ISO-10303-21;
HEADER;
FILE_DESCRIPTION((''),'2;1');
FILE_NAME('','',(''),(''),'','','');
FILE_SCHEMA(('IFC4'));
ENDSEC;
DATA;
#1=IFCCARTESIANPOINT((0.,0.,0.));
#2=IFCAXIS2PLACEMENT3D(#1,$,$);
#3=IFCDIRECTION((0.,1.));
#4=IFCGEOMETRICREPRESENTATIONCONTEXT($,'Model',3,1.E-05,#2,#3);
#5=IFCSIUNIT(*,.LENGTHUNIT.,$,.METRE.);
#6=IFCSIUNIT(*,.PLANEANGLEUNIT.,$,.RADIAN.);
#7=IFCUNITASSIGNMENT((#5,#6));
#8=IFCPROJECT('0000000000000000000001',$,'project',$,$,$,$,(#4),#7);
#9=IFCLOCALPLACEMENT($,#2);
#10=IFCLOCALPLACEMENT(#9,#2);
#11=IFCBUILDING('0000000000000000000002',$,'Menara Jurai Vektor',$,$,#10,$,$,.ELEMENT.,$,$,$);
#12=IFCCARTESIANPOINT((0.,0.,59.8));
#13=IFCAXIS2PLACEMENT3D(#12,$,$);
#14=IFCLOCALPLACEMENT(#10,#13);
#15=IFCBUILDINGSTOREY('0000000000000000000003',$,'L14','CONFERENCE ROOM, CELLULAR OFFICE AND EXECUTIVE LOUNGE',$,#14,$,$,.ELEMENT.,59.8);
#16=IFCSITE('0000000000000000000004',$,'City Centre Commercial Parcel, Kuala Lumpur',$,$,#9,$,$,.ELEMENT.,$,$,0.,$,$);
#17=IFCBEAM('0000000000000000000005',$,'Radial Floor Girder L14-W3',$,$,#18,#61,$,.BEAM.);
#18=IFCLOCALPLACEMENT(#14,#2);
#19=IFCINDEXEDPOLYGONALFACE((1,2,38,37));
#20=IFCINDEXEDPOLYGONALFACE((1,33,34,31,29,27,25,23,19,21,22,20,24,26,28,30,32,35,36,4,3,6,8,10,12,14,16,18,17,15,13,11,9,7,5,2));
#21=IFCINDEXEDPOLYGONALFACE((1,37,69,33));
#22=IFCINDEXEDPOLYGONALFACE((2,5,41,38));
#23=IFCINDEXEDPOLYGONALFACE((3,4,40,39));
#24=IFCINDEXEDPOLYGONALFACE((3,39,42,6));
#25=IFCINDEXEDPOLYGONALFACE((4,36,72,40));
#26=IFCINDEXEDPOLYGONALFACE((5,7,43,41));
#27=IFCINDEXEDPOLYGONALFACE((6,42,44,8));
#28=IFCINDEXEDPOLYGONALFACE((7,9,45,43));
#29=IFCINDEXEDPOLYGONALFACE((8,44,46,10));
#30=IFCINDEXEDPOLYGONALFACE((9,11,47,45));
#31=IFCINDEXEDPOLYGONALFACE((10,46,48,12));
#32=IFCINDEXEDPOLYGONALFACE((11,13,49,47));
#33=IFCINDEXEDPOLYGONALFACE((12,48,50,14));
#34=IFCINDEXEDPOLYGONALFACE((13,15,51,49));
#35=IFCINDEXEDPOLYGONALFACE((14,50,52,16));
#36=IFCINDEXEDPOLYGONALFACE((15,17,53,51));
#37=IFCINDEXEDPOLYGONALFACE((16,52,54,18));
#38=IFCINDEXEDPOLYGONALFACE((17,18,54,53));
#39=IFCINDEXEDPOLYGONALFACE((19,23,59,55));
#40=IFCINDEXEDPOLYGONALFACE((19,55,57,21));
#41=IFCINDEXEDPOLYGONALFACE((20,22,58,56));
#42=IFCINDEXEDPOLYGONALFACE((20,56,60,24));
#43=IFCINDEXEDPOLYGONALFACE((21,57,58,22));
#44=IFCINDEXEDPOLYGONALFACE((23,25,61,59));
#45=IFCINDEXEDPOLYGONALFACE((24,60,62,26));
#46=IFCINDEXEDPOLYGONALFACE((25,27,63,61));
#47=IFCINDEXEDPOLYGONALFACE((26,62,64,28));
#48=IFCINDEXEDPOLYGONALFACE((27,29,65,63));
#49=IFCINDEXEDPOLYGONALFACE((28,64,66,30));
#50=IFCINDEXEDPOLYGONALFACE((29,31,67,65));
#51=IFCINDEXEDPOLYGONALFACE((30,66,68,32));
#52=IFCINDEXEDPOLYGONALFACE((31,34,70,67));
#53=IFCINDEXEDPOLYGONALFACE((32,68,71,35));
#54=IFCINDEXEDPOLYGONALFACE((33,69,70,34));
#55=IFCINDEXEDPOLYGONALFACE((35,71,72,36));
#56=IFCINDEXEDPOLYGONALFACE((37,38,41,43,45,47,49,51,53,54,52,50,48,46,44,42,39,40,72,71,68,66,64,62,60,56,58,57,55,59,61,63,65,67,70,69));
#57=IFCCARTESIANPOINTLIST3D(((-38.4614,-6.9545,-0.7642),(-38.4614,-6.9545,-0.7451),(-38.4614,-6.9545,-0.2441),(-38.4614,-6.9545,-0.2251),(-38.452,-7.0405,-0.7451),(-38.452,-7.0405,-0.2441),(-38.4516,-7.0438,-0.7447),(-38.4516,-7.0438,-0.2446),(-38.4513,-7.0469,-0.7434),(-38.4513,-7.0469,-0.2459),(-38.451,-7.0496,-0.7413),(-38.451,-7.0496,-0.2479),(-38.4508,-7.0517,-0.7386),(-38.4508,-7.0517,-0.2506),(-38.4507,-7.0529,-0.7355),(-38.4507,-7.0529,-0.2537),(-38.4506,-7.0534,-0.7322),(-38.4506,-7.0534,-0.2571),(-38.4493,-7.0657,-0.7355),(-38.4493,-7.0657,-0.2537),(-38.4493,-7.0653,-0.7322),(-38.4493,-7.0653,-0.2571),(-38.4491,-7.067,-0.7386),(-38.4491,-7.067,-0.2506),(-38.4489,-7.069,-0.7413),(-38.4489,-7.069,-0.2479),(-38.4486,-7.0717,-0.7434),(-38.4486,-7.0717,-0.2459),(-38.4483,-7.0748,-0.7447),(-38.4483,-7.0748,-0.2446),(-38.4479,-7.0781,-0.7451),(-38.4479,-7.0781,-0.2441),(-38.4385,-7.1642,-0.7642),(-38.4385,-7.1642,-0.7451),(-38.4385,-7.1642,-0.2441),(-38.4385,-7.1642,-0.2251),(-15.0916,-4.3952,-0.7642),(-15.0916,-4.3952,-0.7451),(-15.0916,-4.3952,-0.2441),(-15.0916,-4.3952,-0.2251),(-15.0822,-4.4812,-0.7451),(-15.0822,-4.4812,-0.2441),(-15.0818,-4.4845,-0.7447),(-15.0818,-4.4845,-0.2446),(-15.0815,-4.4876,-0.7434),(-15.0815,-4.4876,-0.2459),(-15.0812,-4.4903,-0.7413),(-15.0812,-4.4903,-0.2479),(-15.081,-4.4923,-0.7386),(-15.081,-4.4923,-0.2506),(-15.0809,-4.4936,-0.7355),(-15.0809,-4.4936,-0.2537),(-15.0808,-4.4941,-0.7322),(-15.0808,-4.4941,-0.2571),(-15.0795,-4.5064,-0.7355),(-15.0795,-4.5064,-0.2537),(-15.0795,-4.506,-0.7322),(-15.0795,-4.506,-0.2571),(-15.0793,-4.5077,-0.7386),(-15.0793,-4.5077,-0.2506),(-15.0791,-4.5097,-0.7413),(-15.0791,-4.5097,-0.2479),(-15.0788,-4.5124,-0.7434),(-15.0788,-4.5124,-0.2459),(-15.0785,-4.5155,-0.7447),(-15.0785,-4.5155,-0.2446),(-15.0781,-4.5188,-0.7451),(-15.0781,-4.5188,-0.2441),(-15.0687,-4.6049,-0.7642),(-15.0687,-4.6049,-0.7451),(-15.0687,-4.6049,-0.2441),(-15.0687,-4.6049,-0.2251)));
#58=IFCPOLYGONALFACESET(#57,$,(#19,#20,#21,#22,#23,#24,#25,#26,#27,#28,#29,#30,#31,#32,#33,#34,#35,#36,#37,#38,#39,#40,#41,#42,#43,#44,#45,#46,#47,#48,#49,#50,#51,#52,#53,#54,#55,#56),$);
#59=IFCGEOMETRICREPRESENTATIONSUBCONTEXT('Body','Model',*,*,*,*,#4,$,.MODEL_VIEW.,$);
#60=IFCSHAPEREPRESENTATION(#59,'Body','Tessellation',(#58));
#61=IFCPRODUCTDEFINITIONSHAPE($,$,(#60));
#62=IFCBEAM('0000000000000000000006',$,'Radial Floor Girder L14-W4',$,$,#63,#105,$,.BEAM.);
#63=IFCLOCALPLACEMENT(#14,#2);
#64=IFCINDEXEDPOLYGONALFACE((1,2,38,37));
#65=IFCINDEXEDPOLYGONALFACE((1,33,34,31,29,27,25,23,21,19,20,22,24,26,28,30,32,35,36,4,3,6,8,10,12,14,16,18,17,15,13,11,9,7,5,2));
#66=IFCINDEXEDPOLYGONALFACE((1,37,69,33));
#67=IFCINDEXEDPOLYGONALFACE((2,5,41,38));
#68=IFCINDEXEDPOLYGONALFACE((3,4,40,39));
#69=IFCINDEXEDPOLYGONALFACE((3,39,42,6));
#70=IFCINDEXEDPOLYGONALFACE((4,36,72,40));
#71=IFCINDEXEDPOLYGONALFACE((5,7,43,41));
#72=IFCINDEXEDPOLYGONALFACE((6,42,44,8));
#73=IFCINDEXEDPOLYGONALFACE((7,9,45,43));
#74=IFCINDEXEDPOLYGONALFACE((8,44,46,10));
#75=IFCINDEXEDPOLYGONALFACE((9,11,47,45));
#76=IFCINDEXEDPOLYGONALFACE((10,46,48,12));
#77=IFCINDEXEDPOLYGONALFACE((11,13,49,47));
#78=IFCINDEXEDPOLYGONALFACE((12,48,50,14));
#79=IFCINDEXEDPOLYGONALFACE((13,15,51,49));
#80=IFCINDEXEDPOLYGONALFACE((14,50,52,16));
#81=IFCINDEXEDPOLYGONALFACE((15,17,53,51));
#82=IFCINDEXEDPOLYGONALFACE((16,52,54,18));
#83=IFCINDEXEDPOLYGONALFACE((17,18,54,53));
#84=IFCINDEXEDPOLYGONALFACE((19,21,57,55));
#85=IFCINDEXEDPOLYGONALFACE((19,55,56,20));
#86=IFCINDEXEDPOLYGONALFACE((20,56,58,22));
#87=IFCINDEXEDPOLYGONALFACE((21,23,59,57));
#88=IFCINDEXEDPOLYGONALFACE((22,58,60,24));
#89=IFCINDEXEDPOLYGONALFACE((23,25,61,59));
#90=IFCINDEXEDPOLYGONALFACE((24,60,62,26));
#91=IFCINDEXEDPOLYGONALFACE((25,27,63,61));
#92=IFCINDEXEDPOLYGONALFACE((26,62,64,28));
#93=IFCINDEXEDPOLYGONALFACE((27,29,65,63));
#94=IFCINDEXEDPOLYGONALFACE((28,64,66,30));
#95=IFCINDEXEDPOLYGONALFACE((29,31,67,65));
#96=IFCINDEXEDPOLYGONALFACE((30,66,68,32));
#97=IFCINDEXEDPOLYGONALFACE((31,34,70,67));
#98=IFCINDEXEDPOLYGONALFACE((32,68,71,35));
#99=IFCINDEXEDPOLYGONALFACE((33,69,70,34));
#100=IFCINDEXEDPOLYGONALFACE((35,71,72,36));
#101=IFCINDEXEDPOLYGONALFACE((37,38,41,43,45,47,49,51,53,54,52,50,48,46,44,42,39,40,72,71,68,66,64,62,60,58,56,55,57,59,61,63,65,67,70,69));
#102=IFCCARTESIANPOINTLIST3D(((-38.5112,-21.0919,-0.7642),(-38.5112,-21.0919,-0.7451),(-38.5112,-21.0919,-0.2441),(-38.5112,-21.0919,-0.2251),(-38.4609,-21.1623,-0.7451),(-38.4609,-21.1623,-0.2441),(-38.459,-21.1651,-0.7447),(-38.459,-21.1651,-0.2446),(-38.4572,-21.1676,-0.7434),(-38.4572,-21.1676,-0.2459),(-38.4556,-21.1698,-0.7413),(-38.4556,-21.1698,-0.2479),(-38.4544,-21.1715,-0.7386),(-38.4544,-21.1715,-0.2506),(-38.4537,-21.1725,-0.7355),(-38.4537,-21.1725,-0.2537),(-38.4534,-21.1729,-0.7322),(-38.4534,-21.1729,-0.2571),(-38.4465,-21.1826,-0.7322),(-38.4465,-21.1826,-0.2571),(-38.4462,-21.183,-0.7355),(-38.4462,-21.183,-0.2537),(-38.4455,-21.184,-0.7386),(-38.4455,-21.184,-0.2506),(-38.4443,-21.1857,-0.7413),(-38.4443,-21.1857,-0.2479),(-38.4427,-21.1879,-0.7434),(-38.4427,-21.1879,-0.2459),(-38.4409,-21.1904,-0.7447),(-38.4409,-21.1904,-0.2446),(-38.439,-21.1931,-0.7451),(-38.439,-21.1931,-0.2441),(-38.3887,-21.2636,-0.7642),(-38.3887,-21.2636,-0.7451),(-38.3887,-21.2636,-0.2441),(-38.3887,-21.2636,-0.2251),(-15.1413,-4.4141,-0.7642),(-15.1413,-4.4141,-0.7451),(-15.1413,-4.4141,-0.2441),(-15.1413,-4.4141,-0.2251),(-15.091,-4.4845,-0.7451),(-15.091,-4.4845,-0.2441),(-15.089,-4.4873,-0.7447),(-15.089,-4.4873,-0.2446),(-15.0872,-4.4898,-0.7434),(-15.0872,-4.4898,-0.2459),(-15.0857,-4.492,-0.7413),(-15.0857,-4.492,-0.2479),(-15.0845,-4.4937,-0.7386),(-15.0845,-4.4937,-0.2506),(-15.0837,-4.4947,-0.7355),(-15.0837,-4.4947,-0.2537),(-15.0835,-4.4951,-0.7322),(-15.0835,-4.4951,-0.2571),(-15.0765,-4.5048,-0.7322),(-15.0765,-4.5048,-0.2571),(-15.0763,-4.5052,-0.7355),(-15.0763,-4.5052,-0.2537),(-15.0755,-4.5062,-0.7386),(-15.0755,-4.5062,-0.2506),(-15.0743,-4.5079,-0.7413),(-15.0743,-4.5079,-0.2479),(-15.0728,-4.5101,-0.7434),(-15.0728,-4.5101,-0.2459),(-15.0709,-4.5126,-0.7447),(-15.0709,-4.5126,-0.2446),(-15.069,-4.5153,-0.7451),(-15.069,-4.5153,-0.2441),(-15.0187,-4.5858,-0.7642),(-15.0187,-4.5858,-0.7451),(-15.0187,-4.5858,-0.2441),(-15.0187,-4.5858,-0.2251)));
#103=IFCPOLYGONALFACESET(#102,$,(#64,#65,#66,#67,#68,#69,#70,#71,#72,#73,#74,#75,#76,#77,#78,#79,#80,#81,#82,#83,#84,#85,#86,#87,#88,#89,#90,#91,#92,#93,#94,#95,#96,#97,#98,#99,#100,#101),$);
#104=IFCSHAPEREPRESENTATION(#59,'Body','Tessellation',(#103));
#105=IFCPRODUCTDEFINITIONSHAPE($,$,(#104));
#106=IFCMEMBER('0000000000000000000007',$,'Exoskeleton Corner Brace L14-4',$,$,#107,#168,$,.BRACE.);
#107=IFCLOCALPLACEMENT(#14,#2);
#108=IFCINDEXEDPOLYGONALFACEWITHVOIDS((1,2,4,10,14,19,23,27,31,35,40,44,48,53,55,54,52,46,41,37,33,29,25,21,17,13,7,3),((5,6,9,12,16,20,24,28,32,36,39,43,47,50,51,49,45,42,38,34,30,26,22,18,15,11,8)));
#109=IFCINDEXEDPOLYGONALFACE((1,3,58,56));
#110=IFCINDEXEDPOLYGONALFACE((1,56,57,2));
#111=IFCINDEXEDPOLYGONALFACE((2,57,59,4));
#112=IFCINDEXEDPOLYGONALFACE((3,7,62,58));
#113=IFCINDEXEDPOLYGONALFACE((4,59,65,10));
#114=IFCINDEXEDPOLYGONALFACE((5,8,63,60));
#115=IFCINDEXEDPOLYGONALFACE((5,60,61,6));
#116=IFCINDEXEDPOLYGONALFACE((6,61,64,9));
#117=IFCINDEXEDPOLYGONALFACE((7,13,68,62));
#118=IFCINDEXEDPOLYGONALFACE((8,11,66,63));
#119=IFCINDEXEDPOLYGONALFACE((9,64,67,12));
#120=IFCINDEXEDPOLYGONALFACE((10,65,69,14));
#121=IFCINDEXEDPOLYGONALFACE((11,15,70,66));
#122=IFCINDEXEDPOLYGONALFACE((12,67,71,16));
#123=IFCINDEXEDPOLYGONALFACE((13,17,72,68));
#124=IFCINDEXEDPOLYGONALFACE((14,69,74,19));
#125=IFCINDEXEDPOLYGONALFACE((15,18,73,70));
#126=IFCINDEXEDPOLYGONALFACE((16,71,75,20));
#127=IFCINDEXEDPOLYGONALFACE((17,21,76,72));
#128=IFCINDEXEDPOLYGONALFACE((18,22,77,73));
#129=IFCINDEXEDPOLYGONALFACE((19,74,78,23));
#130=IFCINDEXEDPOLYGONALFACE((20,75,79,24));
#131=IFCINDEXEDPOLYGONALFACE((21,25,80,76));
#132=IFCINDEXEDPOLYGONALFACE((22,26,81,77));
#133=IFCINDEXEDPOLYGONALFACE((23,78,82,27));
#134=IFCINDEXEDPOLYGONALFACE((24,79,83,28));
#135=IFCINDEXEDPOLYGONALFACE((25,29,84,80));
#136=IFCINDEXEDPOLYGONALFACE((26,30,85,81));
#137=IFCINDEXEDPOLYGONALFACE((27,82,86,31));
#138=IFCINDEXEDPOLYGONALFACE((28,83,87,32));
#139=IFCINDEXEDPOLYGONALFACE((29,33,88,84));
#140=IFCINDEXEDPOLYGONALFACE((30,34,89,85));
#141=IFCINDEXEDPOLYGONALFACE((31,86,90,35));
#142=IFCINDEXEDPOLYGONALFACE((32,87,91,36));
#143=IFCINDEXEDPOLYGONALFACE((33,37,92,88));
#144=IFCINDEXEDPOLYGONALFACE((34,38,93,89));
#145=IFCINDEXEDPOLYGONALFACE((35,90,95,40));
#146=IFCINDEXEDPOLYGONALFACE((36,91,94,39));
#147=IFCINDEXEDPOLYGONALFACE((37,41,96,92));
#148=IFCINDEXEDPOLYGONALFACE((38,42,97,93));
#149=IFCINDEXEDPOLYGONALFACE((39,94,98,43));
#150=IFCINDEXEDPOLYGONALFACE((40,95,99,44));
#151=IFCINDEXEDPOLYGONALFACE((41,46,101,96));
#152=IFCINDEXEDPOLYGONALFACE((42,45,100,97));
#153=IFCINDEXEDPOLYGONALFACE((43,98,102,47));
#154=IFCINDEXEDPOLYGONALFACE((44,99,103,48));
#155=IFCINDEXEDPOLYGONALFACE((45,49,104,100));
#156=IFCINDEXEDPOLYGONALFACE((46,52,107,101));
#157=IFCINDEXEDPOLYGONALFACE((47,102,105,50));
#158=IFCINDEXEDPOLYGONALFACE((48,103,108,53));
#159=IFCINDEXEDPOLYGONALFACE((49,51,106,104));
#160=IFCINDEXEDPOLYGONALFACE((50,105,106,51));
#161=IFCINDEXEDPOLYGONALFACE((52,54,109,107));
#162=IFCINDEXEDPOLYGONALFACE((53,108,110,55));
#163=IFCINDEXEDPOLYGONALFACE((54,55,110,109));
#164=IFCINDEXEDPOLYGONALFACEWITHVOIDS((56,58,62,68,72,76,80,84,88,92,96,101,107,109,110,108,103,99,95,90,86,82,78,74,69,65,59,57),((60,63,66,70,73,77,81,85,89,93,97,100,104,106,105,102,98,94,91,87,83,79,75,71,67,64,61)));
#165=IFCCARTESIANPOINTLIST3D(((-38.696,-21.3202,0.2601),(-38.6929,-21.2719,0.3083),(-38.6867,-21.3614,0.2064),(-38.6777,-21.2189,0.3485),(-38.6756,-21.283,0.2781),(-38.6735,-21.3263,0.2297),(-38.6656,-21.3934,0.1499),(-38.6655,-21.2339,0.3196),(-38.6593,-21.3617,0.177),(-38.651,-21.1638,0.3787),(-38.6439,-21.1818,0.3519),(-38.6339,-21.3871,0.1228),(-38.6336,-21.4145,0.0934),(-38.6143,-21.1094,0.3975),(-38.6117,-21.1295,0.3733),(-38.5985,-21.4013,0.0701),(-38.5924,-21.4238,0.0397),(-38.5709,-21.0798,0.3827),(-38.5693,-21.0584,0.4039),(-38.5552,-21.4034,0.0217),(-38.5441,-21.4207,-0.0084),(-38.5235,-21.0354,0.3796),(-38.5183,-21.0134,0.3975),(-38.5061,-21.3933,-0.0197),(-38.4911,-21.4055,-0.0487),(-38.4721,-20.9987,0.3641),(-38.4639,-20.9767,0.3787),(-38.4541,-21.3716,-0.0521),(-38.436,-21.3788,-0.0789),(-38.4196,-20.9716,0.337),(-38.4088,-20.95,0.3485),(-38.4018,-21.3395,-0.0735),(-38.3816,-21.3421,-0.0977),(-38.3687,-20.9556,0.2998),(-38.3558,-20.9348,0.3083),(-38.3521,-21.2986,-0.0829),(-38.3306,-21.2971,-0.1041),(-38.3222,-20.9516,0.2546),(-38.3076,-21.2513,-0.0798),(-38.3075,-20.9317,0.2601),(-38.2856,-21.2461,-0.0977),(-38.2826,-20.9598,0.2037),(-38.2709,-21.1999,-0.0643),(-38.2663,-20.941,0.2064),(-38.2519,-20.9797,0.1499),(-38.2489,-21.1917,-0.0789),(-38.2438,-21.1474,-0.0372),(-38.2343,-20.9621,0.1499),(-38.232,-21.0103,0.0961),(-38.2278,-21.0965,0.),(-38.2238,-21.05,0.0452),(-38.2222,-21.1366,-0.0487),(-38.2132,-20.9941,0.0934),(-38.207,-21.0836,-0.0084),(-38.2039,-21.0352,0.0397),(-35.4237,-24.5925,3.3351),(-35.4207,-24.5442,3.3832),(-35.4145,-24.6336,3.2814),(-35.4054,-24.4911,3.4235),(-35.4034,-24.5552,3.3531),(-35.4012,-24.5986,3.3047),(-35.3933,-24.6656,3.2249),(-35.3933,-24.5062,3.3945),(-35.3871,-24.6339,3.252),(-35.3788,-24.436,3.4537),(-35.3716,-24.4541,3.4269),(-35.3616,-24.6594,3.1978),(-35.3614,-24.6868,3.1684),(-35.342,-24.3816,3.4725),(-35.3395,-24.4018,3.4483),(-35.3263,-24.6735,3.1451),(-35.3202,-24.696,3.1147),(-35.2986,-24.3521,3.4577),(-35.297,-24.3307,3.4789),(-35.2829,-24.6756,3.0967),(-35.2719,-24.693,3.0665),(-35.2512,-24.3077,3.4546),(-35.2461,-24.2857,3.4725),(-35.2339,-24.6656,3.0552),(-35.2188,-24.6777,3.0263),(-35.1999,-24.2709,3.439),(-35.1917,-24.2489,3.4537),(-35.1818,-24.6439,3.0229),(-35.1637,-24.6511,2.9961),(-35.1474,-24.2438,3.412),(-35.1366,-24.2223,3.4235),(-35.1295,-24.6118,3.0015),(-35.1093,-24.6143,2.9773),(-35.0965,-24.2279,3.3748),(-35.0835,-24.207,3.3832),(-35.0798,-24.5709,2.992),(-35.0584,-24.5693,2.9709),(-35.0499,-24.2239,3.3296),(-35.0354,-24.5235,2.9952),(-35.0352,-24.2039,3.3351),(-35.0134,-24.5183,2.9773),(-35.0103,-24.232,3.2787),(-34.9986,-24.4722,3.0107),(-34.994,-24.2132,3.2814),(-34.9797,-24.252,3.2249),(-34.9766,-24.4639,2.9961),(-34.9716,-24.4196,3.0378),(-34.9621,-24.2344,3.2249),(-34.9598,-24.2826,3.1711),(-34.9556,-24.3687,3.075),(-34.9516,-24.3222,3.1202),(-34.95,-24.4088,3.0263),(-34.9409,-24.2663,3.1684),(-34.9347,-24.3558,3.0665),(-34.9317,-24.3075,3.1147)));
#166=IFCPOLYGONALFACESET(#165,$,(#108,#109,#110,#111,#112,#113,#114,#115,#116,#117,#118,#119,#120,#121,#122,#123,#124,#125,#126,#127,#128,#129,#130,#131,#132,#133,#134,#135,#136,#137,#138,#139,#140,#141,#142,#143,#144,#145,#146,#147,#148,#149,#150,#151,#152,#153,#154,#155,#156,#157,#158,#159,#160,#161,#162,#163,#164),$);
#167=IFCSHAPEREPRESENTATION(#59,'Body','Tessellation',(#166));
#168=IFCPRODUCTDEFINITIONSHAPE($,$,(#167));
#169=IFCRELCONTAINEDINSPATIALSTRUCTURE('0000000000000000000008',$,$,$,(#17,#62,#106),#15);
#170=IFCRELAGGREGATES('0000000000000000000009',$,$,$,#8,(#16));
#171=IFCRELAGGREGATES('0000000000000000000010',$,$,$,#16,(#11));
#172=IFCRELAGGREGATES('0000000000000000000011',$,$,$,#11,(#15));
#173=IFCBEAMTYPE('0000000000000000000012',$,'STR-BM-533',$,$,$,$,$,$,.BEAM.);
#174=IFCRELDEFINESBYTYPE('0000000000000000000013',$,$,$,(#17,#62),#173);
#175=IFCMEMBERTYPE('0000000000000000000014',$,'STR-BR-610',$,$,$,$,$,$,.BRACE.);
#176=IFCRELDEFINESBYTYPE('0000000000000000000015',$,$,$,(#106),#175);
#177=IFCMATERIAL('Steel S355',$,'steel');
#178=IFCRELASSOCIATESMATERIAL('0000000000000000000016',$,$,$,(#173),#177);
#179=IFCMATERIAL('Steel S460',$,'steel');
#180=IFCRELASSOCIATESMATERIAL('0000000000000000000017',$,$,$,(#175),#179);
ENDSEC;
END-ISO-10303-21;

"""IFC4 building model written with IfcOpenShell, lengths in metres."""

from ifc_helpers import new_model, si_unit, direction, frame, origin, origin_2d, place, context, subcontext, project, spatial, hollow_circle, i_section, extrude, material, material_profile, profile_set, type_object, element, save


model = new_model("IFC4")

# Units and contexts
model_context = context("Model", 3, precision=1e-05, world=origin(), true_north=direction((0.0, 1.0)))
body_context = subcontext(model_context, "Body", "Model", "MODEL_VIEW")
ifc_project = project(units=[si_unit("LENGTHUNIT", "METRE"), si_unit("PLANEANGLEUNIT", "RADIAN")], contexts=[model_context])

# Site, building, storey
site_placement = place(None, origin())
site = spatial("IfcSite", under=ifc_project, at=site_placement, Name="City Centre Commercial Parcel, Kuala Lumpur", CompositionType="ELEMENT", RefElevation=0.0)
building_placement = place(site_placement, origin())
building = spatial("IfcBuilding", under=site, at=building_placement, Name="Menara Jurai Vektor", CompositionType="ELEMENT")
storey_placement = place(building_placement, frame((0.0, 0.0, 59.8)))
storey = spatial("IfcBuildingStorey", under=building, at=storey_placement, Name="L14", Description="CONFERENCE ROOM, CELLULAR OFFICE AND EXECUTIVE LOUNGE", CompositionType="ELEMENT", Elevation=59.8)

# Shared definitions
ifc_material_1 = material(Name="Steel S460", Category="steel")

# Beams
ifc_material_2 = material(Name="Steel S355", Category="steel")
ifc_material_profile_1 = material_profile(ifc_material_2, i_section(OverallWidth=0.2109, OverallDepth=0.5391, WebThickness=0.012, FlangeThickness=0.019, FilletRadius=0.0129, at=origin_2d()), Name="UKB 533x210x109")
ifc_profile_set_1 = profile_set([ifc_material_profile_1], Name="Steel S355")
beam_type_1 = type_object("IfcBeamType", Name="STR-BM-533", PredefinedType="BEAM", material=ifc_profile_set_1)
beam_1_placement = place(storey_placement, frame((-38.45, -7.0593, -0.4946), z_axis=(0.994057, 0.108863, 0.0), x_axis=(-0.108863, 0.994057, 0.0)))
element("IfcBeam", 1, at=beam_1_placement, inside=storey, type_object=beam_type_1, Name="Radial Floor Girder L14-W3", PredefinedType="BEAM", context=body_context, shape_type="SweptSolid", body=[
    extrude(i_section(OverallWidth=0.2109, OverallDepth=0.5391, WebThickness=0.012, FlangeThickness=0.019, FilletRadius=0.0129, at=origin_2d()), origin(), (0.0, 0.0, 1.0), 23.5095),
])
beam_2_placement = place(storey_placement, frame((-38.45, -21.1777, -0.4946), z_axis=(0.813981, 0.580891, 0.0), x_axis=(-0.580891, 0.813981, 0.0)))
element("IfcBeam", 2, at=beam_2_placement, inside=storey, type_object=beam_type_1, Name="Radial Floor Girder L14-W4", PredefinedType="BEAM", context=body_context, shape_type="SweptSolid", body=[
    extrude(i_section(OverallWidth=0.2109, OverallDepth=0.5391, WebThickness=0.012, FlangeThickness=0.019, FilletRadius=0.0129, at=origin_2d()), origin(), (0.0, 0.0, 1.0), 28.7107),
])

# Member
ifc_material_profile_2 = material_profile(ifc_material_1, hollow_circle(Radius=0.3049, WallThickness=0.0249, at=origin_2d()), Name="CHS 610x25")
ifc_profile_set_2 = profile_set([ifc_material_profile_2], Name="Steel S460")
member_type_1 = type_object("IfcMemberType", Name="STR-BR-610", PredefinedType="BRACE", material=ifc_profile_set_2)
member_1_placement = place(storey_placement, frame((-38.45, -21.1777, 0.1499), z_axis=(0.588942, -0.588942, 0.553438), x_axis=(0.707107, 0.707107, 0.0)))
element("IfcMember", 3, at=member_1_placement, inside=storey, type_object=member_type_1, Name="Exoskeleton Corner Brace L14-4", PredefinedType="BRACE", context=body_context, shape_type="SweptSolid", body=[
    extrude(hollow_circle(Radius=0.3049, WallThickness=0.0249, at=origin_2d()), origin(), (0.0, 0.0, 1.0), 5.5562),
])

save(model, "model.ifc")
